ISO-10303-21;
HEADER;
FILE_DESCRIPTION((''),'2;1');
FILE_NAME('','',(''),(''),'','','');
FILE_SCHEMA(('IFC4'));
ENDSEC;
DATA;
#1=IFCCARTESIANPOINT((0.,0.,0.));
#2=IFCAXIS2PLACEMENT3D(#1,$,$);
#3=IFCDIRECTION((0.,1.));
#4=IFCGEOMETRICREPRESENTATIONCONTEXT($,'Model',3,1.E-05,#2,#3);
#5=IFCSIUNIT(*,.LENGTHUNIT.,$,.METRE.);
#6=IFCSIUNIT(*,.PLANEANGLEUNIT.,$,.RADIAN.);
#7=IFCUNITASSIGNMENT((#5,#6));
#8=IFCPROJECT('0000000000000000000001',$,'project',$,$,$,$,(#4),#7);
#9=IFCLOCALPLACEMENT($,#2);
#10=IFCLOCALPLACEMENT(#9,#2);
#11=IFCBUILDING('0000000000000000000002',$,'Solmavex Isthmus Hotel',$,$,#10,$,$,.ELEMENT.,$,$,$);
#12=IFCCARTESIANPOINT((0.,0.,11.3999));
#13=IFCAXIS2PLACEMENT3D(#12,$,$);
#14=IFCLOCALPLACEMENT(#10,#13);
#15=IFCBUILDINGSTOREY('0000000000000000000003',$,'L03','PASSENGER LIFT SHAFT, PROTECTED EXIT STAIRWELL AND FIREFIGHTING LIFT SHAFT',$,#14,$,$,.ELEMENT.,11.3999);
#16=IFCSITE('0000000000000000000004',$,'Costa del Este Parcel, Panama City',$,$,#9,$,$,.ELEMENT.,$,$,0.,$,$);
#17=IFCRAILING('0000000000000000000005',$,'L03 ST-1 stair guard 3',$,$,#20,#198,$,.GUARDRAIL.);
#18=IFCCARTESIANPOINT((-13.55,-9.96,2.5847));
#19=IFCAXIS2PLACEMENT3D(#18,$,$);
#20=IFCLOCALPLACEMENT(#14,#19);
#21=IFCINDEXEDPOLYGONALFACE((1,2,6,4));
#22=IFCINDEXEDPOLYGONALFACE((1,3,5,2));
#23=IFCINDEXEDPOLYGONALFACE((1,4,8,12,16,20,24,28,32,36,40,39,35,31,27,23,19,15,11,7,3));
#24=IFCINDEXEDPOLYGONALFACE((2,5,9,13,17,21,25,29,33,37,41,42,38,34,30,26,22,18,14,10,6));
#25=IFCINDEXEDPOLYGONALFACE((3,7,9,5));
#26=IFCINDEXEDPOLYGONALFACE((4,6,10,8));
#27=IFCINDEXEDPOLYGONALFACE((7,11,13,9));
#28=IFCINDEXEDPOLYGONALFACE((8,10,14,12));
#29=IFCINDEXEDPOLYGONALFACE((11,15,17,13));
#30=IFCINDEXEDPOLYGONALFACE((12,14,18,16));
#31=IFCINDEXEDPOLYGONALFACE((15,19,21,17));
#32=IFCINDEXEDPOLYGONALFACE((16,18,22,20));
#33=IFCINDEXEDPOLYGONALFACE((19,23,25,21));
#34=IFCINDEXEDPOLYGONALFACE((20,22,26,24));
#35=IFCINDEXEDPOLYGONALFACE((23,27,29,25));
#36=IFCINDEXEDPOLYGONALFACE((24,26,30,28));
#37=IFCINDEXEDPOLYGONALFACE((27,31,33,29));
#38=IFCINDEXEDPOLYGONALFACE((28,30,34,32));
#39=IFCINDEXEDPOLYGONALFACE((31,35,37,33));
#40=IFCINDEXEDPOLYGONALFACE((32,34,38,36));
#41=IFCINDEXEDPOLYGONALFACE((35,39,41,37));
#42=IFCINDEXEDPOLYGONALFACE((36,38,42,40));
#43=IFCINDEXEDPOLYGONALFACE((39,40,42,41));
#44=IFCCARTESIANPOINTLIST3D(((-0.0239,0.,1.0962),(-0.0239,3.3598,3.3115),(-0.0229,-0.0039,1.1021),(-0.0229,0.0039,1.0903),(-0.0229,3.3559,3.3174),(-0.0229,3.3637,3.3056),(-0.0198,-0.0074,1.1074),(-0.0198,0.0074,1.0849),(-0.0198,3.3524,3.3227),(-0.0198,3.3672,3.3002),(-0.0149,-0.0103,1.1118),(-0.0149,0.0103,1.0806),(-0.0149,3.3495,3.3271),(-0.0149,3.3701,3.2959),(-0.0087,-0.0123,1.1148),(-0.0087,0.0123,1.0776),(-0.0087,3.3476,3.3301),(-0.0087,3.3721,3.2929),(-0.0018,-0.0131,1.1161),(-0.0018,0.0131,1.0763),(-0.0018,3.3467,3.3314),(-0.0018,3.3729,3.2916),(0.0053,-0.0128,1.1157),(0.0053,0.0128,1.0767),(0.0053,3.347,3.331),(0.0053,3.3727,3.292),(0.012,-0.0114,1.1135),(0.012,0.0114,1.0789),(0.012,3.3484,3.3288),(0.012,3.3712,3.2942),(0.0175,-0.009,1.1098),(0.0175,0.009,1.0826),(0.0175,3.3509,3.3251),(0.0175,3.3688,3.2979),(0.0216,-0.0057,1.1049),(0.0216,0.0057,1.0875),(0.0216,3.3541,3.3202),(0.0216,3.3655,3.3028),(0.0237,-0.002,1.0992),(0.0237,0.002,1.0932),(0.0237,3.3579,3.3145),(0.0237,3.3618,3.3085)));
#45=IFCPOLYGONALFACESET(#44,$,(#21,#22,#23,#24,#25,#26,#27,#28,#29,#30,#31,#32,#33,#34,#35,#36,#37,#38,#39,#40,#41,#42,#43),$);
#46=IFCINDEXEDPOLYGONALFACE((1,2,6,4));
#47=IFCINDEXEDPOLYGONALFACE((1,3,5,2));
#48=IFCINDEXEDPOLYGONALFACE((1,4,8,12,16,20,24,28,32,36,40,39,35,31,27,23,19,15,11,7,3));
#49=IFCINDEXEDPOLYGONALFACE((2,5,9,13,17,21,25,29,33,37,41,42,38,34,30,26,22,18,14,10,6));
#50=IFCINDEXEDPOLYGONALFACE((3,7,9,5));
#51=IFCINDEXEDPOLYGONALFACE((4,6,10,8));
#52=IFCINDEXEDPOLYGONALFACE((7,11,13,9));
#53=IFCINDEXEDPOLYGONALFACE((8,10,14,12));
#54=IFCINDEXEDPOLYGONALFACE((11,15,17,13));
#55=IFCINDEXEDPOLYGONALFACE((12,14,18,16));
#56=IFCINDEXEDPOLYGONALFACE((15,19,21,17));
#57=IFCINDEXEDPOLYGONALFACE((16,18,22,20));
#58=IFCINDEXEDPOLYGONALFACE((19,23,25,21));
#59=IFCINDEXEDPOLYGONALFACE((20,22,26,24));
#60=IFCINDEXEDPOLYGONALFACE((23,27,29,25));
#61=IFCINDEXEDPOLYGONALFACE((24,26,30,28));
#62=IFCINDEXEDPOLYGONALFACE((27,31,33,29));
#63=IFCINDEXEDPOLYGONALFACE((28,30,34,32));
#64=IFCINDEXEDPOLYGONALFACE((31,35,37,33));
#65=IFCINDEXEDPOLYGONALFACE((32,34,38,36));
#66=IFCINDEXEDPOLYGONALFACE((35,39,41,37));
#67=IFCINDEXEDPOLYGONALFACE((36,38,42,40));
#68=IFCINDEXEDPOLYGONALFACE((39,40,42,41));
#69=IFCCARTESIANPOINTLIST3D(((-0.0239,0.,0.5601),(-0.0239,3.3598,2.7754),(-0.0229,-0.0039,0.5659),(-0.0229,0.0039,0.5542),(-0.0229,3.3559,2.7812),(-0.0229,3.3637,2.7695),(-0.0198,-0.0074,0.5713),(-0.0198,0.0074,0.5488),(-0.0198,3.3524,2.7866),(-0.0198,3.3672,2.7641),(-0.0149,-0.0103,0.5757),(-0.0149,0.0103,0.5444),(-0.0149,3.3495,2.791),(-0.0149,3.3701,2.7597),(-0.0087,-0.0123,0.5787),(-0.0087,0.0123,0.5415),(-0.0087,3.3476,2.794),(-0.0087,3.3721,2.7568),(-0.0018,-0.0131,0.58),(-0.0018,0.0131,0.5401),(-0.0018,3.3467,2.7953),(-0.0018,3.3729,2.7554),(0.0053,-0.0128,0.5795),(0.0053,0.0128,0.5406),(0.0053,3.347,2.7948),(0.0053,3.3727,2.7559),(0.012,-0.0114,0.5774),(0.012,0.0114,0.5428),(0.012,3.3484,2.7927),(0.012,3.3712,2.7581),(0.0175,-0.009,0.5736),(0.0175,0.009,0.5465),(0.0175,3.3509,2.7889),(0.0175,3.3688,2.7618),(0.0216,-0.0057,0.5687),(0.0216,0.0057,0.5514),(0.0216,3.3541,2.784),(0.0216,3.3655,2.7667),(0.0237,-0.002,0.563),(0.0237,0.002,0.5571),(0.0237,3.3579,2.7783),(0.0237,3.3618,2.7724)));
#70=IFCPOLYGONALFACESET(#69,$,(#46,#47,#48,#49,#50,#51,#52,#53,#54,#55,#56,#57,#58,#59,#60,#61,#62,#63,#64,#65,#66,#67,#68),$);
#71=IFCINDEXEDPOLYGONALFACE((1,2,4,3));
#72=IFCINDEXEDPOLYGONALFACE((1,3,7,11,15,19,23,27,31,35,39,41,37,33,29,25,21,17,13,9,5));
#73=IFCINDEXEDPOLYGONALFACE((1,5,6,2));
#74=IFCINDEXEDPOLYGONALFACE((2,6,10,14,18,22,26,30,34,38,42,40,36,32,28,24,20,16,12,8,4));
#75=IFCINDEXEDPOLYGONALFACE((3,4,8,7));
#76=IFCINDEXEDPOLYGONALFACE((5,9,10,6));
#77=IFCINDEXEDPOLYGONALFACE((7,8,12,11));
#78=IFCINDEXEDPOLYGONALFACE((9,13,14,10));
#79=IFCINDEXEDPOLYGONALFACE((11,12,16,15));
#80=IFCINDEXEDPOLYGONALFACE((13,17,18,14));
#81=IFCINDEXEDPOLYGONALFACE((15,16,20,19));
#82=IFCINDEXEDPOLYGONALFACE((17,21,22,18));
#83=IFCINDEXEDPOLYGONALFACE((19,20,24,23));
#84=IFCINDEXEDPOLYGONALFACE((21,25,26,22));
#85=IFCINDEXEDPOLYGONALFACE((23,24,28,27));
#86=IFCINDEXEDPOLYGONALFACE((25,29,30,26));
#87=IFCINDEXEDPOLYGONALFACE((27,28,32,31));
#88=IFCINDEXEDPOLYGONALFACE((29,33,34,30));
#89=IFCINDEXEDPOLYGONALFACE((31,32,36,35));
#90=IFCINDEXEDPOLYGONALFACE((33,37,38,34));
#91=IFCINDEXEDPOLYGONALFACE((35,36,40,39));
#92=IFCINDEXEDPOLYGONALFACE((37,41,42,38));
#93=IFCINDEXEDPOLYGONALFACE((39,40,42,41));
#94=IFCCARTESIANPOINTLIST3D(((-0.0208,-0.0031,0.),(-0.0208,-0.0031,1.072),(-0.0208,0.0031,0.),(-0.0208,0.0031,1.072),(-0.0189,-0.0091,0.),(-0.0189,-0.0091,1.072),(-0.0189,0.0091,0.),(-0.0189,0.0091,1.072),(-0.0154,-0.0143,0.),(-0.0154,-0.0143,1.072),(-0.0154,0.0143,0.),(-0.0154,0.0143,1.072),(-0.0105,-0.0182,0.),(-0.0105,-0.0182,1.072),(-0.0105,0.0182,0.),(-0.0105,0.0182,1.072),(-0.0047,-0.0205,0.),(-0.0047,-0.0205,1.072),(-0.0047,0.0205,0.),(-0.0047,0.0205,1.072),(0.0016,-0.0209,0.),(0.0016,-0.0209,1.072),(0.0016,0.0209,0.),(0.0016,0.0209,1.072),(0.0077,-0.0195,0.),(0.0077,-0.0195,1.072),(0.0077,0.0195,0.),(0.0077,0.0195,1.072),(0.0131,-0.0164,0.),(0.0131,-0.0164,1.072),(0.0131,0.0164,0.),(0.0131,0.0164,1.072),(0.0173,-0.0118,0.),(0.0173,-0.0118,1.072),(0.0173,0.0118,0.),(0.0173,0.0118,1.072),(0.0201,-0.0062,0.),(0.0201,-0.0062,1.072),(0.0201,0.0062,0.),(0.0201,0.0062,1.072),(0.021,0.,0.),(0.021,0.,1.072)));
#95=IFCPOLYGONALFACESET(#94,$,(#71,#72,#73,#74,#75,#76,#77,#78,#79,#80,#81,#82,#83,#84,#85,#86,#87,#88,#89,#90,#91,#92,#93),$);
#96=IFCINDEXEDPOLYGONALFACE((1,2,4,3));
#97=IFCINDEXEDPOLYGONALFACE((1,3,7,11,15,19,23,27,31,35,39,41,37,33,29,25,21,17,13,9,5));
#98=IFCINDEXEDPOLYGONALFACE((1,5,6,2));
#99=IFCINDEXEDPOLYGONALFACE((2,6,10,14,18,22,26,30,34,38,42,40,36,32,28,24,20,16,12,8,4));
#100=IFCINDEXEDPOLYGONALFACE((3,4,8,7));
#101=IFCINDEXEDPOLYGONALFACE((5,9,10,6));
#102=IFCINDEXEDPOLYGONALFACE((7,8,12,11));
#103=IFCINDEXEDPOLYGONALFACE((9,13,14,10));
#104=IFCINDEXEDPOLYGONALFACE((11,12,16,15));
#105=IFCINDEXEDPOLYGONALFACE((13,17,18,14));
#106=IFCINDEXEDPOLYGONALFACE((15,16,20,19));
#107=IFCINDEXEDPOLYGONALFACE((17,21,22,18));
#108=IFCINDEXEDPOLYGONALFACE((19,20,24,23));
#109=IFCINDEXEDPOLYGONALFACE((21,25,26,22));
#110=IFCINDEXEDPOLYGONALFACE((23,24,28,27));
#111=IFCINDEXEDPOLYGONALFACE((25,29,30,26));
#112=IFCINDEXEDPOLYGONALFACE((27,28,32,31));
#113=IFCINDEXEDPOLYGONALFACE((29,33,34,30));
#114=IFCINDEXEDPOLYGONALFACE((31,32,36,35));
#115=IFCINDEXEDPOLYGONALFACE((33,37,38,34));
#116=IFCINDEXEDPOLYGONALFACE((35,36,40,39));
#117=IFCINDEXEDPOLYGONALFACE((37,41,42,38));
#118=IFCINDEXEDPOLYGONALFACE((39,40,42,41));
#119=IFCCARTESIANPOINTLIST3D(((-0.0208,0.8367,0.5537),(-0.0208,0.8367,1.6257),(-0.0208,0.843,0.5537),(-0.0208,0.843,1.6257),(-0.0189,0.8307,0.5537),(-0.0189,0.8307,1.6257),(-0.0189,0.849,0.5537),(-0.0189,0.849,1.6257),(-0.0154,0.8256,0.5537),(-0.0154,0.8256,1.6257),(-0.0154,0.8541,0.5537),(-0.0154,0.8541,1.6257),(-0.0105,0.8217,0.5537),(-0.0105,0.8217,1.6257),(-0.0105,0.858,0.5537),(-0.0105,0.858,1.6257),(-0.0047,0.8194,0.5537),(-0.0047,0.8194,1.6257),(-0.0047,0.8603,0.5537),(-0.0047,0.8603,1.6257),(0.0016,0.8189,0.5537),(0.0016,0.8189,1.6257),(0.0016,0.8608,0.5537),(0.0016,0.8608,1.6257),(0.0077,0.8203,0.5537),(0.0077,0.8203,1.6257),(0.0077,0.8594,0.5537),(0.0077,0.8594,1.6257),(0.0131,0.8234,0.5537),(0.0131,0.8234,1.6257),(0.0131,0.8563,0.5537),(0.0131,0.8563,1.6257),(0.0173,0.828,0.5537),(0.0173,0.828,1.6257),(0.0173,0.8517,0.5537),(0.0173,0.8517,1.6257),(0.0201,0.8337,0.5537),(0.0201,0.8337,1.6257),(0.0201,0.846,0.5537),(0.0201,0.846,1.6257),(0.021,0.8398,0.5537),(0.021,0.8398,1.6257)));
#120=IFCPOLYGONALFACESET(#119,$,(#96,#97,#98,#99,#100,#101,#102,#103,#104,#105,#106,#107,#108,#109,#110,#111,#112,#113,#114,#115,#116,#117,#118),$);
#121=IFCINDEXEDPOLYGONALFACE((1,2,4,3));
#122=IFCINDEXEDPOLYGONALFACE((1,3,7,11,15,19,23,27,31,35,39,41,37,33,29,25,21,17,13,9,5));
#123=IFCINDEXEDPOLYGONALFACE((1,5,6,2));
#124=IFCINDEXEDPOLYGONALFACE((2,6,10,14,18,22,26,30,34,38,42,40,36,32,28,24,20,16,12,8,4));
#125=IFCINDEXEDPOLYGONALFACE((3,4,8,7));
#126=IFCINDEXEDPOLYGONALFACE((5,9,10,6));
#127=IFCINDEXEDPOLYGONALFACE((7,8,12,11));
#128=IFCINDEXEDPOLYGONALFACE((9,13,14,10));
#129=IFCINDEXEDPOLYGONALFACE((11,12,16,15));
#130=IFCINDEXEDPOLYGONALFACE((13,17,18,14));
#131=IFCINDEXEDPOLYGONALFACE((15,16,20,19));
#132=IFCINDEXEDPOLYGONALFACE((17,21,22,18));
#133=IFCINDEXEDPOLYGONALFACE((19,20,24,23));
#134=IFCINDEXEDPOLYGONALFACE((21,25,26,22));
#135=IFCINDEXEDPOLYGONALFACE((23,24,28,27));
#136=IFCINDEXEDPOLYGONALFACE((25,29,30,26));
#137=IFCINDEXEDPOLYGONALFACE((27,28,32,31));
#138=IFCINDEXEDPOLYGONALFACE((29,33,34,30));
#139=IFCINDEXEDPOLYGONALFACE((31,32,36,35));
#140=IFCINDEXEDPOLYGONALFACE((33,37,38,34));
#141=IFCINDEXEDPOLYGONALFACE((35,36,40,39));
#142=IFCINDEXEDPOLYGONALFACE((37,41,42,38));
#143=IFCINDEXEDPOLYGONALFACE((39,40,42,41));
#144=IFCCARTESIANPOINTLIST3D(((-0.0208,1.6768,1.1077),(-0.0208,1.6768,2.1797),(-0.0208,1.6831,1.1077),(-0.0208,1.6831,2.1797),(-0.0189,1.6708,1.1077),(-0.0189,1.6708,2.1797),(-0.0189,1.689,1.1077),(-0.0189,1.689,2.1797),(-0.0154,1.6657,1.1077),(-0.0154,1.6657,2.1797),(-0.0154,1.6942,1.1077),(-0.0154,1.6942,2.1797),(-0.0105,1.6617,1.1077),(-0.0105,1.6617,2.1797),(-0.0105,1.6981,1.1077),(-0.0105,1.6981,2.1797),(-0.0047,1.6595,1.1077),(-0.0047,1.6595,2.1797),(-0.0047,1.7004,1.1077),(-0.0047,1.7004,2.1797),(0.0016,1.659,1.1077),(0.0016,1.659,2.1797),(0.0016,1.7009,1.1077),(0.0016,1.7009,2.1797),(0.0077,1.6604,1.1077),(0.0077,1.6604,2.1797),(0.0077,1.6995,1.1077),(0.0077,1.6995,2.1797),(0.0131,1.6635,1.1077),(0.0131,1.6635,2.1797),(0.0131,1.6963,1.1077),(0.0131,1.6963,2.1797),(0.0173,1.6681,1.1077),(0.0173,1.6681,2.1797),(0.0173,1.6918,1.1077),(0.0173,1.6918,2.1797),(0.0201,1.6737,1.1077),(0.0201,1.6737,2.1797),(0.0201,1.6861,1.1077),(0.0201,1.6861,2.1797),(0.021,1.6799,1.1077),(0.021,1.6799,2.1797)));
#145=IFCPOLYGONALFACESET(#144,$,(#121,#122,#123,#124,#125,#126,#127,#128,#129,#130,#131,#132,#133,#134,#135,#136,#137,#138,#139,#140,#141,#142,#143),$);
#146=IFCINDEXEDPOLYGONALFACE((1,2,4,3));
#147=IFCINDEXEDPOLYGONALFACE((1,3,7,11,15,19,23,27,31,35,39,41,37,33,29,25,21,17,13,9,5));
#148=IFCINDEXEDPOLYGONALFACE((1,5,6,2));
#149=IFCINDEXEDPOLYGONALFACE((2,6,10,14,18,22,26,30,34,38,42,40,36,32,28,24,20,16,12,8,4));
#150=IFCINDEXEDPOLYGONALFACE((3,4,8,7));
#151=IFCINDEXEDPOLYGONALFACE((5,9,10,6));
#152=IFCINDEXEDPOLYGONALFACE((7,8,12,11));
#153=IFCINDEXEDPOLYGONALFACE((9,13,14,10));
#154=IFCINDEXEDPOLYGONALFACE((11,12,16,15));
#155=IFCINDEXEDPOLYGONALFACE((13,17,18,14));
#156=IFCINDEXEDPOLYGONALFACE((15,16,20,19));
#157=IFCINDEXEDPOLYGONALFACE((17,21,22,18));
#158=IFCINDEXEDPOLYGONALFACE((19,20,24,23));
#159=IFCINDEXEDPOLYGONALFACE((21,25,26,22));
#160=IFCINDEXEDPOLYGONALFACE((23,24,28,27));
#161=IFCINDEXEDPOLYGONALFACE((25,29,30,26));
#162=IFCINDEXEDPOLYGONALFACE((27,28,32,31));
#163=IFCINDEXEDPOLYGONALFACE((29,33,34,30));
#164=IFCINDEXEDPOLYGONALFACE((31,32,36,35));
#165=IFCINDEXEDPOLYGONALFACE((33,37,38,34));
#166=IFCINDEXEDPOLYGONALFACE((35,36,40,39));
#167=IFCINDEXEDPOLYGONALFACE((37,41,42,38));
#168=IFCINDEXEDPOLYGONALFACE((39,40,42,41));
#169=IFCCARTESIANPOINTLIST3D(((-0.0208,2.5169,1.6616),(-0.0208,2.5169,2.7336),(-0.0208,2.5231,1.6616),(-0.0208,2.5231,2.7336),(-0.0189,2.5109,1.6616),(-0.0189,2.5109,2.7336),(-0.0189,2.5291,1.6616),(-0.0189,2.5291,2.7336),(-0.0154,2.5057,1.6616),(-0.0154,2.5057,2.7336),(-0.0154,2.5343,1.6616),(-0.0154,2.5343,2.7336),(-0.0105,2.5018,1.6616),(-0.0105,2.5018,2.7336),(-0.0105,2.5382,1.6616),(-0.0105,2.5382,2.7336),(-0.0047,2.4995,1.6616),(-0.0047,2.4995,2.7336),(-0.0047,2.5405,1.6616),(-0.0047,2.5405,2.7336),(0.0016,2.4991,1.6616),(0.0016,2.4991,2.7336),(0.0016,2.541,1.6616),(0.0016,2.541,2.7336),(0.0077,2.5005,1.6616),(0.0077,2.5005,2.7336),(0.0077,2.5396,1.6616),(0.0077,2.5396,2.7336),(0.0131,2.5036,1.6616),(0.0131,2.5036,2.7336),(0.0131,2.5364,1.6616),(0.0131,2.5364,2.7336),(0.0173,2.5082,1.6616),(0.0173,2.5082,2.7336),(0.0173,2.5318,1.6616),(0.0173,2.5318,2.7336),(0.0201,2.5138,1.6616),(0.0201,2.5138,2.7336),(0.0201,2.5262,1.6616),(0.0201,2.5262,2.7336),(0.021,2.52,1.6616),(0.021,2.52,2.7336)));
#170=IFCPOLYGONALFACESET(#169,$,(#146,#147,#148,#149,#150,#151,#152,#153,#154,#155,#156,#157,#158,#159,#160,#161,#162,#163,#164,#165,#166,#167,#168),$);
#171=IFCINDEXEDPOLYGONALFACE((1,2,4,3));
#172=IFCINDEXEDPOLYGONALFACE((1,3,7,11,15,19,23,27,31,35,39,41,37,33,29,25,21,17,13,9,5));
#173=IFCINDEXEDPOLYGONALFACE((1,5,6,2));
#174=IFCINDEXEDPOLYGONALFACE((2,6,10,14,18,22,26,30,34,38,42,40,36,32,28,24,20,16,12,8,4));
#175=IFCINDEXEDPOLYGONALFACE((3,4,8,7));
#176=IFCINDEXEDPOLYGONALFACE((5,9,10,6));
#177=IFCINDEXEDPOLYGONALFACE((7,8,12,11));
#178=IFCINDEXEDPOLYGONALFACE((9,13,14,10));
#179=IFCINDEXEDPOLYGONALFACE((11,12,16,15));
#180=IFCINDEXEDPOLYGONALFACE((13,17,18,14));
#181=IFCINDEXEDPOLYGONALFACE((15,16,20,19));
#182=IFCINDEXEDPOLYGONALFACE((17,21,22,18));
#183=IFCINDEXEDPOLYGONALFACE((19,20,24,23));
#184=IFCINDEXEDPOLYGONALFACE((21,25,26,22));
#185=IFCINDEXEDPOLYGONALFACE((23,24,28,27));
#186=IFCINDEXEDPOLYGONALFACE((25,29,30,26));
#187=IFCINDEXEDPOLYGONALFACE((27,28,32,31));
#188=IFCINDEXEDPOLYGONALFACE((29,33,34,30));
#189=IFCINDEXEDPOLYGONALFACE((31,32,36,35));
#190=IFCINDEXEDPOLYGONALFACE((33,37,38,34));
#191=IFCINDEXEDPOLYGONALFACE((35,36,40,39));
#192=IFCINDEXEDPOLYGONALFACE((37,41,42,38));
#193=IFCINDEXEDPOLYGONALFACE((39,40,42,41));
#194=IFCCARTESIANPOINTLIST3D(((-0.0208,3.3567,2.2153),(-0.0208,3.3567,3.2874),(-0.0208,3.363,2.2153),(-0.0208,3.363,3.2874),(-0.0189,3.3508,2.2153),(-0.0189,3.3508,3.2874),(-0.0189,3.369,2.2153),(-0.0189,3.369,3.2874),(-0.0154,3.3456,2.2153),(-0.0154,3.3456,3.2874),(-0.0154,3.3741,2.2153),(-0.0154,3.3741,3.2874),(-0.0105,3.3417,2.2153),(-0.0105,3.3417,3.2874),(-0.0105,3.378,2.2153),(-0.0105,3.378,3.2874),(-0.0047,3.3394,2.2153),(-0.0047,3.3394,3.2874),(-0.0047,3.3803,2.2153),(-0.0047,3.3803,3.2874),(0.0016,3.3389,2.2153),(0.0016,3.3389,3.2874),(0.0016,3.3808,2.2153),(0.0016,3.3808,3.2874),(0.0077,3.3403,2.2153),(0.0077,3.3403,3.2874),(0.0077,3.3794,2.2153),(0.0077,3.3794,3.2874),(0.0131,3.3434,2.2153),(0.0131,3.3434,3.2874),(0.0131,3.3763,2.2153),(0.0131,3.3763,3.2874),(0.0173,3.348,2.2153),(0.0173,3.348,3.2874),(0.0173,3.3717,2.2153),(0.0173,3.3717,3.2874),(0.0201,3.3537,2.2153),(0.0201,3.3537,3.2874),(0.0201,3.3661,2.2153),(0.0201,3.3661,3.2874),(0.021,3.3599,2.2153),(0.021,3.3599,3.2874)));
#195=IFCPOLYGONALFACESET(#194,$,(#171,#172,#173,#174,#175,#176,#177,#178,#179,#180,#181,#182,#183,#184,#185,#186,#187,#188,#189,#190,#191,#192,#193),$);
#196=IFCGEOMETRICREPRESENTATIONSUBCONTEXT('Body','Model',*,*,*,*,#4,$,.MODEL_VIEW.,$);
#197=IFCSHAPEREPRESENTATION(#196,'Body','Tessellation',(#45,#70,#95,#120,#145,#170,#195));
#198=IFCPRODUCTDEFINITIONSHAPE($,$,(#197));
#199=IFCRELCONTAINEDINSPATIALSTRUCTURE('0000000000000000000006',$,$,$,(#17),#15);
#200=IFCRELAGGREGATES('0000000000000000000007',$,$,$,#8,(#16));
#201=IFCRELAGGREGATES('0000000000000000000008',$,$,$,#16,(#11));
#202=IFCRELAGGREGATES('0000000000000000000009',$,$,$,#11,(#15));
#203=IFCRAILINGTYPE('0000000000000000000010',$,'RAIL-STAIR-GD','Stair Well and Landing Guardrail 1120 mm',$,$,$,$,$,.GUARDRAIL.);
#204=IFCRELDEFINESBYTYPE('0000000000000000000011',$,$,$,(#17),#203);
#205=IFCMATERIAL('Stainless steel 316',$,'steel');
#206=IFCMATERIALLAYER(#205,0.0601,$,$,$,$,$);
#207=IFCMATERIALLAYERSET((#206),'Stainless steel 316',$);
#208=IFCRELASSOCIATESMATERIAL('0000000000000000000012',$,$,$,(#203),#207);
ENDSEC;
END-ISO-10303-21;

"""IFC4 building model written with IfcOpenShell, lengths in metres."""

from ifc_helpers import new_model, si_unit, direction, frame, origin, origin_2d, place, context, subcontext, project, spatial, circle, extrude, material, layer, layer_set, type_object, element, save


model = new_model("IFC4")

# Units and contexts
model_context = context("Model", 3, precision=1e-05, world=origin(), true_north=direction((0.0, 1.0)))
body_context = subcontext(model_context, "Body", "Model", "MODEL_VIEW")
ifc_project = project(units=[si_unit("LENGTHUNIT", "METRE"), si_unit("PLANEANGLEUNIT", "RADIAN")], contexts=[model_context])

# Site, building, storey
site_placement = place(None, origin())
site = spatial("IfcSite", under=ifc_project, at=site_placement, Name="Costa del Este Parcel, Panama City", CompositionType="ELEMENT", RefElevation=0.0)
building_placement = place(site_placement, origin())
building = spatial("IfcBuilding", under=site, at=building_placement, Name="Solmavex Isthmus Hotel", CompositionType="ELEMENT")
storey_placement = place(building_placement, frame((0.0, 0.0, 11.3999)))
storey = spatial("IfcBuildingStorey", under=building, at=storey_placement, Name="L03", Description="PASSENGER LIFT SHAFT, PROTECTED EXIT STAIRWELL AND FIREFIGHTING LIFT SHAFT", CompositionType="ELEMENT", Elevation=11.3999)

# Shared definitions
ifc_material_1 = material(Name="Stainless steel 316", Category="steel")

# Railing
ifc_layer_1 = layer(ifc_material_1, 0.0601)
ifc_layer_set_1 = layer_set([ifc_layer_1], Name="Stainless steel 316")
railing_type_1 = type_object("IfcRailingType", Name="RAIL-STAIR-GD", Description="Stair Well and Landing Guardrail 1120 mm", PredefinedType="GUARDRAIL", material=ifc_layer_set_1)
railing_1_placement = place(storey_placement, frame((-13.55, -9.96, 2.5847)))
element("IfcRailing", 1, at=railing_1_placement, inside=storey, type_object=railing_type_1, Name="L03 ST-1 stair guard 3", PredefinedType="GUARDRAIL", context=body_context, shape_type="SweptSolid", body=[
    extrude(circle(Radius=0.0239, at=origin_2d()), frame((0.0, 0.0, 1.0962), z_axis=(0.0, 0.834858, 0.550465), x_axis=(-1.0, 0.0, 0.0)), (0.0, 0.0, 1.0), 4.0244),
    extrude(circle(Radius=0.0239, at=origin_2d()), frame((0.0, 0.0, 0.5601), z_axis=(0.0, 0.834858, 0.550465), x_axis=(-1.0, 0.0, 0.0)), (0.0, 0.0, 1.0), 4.0244),
    extrude(circle(Radius=0.021, at=origin_2d()), origin(), (0.0, 0.0, 1.0), 1.072),
    extrude(circle(Radius=0.021, at=origin_2d()), frame((0.0, 0.8398, 0.5537)), (0.0, 0.0, 1.0), 1.072),
    extrude(circle(Radius=0.021, at=origin_2d()), frame((0.0, 1.6799, 1.1077)), (0.0, 0.0, 1.0), 1.072),
    extrude(circle(Radius=0.021, at=origin_2d()), frame((0.0, 2.52, 1.6616)), (0.0, 0.0, 1.0), 1.072),
    extrude(circle(Radius=0.021, at=origin_2d()), frame((0.0, 3.3599, 2.2153)), (0.0, 0.0, 1.0), 1.072),
])

save(model, "model.ifc")
